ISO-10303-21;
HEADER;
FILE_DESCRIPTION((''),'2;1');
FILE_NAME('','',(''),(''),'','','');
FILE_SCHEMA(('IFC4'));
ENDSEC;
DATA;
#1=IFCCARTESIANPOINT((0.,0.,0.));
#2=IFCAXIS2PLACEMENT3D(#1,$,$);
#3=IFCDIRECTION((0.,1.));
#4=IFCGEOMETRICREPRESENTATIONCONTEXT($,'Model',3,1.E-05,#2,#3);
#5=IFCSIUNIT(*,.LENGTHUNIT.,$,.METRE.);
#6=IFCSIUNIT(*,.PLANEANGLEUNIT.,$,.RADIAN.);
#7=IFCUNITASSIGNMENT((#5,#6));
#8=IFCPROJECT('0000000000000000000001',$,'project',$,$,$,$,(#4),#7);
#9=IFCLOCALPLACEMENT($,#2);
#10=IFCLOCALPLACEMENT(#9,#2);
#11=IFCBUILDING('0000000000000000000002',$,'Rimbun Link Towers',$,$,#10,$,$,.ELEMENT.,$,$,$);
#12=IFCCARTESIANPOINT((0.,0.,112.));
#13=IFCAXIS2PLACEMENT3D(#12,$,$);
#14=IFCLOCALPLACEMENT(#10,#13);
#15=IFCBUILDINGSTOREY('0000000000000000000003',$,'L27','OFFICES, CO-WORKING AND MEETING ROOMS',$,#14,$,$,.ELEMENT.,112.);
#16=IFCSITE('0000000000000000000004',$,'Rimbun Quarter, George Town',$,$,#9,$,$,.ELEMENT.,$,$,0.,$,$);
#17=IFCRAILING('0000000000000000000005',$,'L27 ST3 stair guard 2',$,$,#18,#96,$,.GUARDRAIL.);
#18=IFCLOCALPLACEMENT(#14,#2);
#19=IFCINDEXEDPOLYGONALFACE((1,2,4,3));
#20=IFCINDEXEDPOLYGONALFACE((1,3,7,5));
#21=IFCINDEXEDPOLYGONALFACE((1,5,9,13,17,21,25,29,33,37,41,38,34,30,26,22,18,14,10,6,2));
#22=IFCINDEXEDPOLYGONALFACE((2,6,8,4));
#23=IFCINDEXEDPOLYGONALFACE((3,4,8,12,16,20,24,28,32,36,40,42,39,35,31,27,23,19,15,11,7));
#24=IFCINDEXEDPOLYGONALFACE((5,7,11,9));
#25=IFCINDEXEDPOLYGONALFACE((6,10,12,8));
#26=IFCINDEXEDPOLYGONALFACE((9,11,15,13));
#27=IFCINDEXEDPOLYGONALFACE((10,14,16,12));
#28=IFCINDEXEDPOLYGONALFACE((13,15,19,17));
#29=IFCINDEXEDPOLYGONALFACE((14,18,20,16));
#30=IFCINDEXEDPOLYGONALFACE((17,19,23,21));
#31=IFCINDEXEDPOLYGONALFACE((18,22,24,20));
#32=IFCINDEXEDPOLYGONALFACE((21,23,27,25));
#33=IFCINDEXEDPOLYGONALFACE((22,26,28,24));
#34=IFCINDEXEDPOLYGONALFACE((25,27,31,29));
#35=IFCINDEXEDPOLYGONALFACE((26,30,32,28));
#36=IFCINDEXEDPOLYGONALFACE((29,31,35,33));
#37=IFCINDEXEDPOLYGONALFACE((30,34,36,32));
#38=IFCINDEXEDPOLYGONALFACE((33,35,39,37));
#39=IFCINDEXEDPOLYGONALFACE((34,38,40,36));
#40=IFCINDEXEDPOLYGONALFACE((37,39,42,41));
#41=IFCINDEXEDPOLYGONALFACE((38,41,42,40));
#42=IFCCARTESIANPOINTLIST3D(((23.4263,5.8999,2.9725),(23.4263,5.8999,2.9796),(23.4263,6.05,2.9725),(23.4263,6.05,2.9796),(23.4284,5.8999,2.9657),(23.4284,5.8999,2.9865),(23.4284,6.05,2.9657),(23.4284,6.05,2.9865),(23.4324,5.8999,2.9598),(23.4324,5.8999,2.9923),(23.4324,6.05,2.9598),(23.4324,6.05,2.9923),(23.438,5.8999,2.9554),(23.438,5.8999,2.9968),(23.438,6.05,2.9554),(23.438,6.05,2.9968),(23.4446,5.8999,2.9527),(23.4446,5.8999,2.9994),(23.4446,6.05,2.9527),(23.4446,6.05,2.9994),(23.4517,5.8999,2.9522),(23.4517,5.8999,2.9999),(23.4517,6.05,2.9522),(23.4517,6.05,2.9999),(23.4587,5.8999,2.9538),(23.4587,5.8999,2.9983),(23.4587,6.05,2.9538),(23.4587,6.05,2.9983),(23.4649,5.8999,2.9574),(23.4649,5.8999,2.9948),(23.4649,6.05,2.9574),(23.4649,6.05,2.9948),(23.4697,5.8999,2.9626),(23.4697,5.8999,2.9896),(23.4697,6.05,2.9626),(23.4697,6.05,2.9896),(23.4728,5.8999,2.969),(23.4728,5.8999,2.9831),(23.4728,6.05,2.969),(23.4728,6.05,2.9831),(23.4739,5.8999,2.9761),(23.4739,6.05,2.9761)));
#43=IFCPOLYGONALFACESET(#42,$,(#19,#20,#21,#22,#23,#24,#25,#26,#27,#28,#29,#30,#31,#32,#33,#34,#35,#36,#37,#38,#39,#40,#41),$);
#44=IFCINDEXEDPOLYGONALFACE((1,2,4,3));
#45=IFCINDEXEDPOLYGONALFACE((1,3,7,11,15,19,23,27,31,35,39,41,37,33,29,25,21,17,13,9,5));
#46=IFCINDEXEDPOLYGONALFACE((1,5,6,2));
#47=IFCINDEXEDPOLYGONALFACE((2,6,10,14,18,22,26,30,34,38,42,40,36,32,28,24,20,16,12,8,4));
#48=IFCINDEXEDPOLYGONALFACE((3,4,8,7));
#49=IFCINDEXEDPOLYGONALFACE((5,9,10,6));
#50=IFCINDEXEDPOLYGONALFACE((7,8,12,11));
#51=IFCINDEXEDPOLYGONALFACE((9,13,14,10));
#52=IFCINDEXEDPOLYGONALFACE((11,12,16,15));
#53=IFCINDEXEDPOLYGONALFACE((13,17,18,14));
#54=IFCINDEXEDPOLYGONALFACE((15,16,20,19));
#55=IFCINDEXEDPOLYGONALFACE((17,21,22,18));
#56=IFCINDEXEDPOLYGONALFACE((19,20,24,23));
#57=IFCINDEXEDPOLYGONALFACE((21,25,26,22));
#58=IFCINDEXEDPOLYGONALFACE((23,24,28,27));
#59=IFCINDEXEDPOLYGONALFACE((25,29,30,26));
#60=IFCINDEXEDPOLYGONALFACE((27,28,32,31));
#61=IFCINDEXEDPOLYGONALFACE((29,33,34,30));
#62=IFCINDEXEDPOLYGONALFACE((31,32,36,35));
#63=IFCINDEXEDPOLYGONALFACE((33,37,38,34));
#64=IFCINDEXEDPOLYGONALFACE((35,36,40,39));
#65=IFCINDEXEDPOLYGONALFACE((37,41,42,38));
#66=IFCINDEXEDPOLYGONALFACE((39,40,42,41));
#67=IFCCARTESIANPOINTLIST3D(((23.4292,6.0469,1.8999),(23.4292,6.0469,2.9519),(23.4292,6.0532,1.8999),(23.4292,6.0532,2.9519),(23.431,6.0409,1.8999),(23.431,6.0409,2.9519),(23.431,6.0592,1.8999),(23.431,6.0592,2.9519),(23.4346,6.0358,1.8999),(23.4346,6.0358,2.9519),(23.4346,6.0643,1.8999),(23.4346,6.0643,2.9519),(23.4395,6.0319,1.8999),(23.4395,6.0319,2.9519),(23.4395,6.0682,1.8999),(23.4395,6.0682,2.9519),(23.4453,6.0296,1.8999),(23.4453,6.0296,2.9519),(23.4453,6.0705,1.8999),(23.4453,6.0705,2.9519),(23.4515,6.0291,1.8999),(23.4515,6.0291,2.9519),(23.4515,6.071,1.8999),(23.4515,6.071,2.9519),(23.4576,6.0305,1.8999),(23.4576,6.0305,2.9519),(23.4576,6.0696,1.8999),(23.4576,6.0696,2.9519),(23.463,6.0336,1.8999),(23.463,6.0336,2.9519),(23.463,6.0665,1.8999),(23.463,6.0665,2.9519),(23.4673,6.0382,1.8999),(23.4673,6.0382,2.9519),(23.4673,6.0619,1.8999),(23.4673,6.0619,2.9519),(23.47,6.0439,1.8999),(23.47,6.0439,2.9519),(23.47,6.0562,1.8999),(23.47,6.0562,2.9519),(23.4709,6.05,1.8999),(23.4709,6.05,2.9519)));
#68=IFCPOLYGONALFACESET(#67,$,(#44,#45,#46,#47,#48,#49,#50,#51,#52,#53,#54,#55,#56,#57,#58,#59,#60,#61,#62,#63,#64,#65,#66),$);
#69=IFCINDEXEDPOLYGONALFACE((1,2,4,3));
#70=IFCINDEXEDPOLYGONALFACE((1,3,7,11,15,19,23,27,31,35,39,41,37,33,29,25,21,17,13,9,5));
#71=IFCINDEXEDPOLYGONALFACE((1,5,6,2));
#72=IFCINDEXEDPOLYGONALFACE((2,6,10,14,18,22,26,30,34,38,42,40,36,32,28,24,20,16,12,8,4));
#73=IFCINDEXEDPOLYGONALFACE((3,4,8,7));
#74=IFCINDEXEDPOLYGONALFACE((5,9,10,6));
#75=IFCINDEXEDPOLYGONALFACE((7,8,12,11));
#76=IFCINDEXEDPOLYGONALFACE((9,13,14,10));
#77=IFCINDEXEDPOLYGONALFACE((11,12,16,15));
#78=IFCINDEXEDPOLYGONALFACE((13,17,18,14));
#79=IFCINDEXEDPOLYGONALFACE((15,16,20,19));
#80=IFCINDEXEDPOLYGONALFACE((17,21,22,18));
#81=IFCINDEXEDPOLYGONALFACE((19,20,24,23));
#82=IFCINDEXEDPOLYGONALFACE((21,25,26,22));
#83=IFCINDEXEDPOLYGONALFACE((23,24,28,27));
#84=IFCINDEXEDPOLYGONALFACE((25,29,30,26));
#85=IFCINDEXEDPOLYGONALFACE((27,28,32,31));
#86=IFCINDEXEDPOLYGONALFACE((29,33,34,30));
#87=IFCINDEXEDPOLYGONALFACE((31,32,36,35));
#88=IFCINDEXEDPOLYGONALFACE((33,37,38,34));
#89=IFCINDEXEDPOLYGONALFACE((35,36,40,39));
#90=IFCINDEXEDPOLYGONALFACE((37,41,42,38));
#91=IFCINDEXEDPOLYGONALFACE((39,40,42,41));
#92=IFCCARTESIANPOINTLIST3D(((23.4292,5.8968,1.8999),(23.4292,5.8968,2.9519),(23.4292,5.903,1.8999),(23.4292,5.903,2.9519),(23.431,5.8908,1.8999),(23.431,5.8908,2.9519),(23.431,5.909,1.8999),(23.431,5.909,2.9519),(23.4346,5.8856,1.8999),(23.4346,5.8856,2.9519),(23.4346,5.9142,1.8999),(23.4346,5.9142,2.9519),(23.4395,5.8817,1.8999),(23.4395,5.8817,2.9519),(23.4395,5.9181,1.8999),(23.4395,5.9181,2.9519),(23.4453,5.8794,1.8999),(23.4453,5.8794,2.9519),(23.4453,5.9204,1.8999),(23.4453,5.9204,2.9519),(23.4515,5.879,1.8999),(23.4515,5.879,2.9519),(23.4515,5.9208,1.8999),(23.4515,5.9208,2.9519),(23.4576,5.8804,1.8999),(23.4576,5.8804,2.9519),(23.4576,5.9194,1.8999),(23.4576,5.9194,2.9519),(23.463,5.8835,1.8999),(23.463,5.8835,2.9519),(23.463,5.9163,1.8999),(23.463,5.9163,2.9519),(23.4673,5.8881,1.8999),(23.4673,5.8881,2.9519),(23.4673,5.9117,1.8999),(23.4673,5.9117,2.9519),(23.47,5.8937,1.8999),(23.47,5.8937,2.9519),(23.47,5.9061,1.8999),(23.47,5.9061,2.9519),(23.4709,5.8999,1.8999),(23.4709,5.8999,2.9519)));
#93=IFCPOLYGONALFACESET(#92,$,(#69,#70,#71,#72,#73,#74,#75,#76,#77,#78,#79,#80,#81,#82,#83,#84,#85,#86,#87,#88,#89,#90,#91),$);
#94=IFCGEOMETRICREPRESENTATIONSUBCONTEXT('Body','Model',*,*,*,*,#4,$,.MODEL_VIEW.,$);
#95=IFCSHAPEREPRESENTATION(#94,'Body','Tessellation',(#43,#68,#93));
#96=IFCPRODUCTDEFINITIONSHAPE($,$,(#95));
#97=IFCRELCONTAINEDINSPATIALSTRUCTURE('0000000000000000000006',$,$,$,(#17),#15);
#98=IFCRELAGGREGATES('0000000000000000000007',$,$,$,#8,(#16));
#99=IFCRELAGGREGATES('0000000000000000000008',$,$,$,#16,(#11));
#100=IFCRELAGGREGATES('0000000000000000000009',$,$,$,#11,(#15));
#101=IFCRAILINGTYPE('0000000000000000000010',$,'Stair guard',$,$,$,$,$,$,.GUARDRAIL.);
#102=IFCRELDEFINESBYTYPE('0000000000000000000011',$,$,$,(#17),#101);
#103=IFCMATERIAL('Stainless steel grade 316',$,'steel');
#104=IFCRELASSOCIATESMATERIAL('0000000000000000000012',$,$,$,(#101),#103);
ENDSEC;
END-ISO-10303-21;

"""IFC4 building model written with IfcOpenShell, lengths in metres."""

from ifc_helpers import new_model, si_unit, direction, frame, origin, origin_2d, place, context, subcontext, project, spatial, circle, extrude, material, type_object, element, save


model = new_model("IFC4")

# Units and contexts
model_context = context("Model", 3, precision=1e-05, world=origin(), true_north=direction((0.0, 1.0)))
body_context = subcontext(model_context, "Body", "Model", "MODEL_VIEW")
ifc_project = project(units=[si_unit("LENGTHUNIT", "METRE"), si_unit("PLANEANGLEUNIT", "RADIAN")], contexts=[model_context])

# Site, building, storey
site_placement = place(None, origin())
site = spatial("IfcSite", under=ifc_project, at=site_placement, Name="Rimbun Quarter, George Town", CompositionType="ELEMENT", RefElevation=0.0)
building_placement = place(site_placement, origin())
building = spatial("IfcBuilding", under=site, at=building_placement, Name="Rimbun Link Towers", CompositionType="ELEMENT")
storey_placement = place(building_placement, frame((0.0, 0.0, 112.0)))
storey = spatial("IfcBuildingStorey", under=building, at=storey_placement, Name="L27", Description="OFFICES, CO-WORKING AND MEETING ROOMS", CompositionType="ELEMENT", Elevation=112.0)

# Railing
ifc_material_1 = material(Name="Stainless steel grade 316", Category="steel")
railing_type_1 = type_object("IfcRailingType", Name="Stair guard", PredefinedType="GUARDRAIL", material=ifc_material_1)
railing_1_placement = place(storey_placement, frame((23.45, 6.05, 1.8999)))
element("IfcRailing", 1, at=railing_1_placement, inside=storey, type_object=railing_type_1, Name="L27 ST3 stair guard 2", PredefinedType="GUARDRAIL", context=body_context, shape_type="SweptSolid", body=[
    extrude(circle(Radius=0.0239, at=origin_2d()), frame((0.0, 0.0, 1.0762), z_axis=(0.0, -1.0, 0.0), x_axis=(1.0, 0.0, 0.0)), (0.0, 0.0, 1.0), 0.1501),
    extrude(circle(Radius=0.021, at=origin_2d()), origin(), (0.0, 0.0, 1.0), 1.052),
    extrude(circle(Radius=0.021, at=origin_2d()), frame((0.0, -0.1501, 0.0)), (0.0, 0.0, 1.0), 1.052),
])

save(model, "model.ifc")
